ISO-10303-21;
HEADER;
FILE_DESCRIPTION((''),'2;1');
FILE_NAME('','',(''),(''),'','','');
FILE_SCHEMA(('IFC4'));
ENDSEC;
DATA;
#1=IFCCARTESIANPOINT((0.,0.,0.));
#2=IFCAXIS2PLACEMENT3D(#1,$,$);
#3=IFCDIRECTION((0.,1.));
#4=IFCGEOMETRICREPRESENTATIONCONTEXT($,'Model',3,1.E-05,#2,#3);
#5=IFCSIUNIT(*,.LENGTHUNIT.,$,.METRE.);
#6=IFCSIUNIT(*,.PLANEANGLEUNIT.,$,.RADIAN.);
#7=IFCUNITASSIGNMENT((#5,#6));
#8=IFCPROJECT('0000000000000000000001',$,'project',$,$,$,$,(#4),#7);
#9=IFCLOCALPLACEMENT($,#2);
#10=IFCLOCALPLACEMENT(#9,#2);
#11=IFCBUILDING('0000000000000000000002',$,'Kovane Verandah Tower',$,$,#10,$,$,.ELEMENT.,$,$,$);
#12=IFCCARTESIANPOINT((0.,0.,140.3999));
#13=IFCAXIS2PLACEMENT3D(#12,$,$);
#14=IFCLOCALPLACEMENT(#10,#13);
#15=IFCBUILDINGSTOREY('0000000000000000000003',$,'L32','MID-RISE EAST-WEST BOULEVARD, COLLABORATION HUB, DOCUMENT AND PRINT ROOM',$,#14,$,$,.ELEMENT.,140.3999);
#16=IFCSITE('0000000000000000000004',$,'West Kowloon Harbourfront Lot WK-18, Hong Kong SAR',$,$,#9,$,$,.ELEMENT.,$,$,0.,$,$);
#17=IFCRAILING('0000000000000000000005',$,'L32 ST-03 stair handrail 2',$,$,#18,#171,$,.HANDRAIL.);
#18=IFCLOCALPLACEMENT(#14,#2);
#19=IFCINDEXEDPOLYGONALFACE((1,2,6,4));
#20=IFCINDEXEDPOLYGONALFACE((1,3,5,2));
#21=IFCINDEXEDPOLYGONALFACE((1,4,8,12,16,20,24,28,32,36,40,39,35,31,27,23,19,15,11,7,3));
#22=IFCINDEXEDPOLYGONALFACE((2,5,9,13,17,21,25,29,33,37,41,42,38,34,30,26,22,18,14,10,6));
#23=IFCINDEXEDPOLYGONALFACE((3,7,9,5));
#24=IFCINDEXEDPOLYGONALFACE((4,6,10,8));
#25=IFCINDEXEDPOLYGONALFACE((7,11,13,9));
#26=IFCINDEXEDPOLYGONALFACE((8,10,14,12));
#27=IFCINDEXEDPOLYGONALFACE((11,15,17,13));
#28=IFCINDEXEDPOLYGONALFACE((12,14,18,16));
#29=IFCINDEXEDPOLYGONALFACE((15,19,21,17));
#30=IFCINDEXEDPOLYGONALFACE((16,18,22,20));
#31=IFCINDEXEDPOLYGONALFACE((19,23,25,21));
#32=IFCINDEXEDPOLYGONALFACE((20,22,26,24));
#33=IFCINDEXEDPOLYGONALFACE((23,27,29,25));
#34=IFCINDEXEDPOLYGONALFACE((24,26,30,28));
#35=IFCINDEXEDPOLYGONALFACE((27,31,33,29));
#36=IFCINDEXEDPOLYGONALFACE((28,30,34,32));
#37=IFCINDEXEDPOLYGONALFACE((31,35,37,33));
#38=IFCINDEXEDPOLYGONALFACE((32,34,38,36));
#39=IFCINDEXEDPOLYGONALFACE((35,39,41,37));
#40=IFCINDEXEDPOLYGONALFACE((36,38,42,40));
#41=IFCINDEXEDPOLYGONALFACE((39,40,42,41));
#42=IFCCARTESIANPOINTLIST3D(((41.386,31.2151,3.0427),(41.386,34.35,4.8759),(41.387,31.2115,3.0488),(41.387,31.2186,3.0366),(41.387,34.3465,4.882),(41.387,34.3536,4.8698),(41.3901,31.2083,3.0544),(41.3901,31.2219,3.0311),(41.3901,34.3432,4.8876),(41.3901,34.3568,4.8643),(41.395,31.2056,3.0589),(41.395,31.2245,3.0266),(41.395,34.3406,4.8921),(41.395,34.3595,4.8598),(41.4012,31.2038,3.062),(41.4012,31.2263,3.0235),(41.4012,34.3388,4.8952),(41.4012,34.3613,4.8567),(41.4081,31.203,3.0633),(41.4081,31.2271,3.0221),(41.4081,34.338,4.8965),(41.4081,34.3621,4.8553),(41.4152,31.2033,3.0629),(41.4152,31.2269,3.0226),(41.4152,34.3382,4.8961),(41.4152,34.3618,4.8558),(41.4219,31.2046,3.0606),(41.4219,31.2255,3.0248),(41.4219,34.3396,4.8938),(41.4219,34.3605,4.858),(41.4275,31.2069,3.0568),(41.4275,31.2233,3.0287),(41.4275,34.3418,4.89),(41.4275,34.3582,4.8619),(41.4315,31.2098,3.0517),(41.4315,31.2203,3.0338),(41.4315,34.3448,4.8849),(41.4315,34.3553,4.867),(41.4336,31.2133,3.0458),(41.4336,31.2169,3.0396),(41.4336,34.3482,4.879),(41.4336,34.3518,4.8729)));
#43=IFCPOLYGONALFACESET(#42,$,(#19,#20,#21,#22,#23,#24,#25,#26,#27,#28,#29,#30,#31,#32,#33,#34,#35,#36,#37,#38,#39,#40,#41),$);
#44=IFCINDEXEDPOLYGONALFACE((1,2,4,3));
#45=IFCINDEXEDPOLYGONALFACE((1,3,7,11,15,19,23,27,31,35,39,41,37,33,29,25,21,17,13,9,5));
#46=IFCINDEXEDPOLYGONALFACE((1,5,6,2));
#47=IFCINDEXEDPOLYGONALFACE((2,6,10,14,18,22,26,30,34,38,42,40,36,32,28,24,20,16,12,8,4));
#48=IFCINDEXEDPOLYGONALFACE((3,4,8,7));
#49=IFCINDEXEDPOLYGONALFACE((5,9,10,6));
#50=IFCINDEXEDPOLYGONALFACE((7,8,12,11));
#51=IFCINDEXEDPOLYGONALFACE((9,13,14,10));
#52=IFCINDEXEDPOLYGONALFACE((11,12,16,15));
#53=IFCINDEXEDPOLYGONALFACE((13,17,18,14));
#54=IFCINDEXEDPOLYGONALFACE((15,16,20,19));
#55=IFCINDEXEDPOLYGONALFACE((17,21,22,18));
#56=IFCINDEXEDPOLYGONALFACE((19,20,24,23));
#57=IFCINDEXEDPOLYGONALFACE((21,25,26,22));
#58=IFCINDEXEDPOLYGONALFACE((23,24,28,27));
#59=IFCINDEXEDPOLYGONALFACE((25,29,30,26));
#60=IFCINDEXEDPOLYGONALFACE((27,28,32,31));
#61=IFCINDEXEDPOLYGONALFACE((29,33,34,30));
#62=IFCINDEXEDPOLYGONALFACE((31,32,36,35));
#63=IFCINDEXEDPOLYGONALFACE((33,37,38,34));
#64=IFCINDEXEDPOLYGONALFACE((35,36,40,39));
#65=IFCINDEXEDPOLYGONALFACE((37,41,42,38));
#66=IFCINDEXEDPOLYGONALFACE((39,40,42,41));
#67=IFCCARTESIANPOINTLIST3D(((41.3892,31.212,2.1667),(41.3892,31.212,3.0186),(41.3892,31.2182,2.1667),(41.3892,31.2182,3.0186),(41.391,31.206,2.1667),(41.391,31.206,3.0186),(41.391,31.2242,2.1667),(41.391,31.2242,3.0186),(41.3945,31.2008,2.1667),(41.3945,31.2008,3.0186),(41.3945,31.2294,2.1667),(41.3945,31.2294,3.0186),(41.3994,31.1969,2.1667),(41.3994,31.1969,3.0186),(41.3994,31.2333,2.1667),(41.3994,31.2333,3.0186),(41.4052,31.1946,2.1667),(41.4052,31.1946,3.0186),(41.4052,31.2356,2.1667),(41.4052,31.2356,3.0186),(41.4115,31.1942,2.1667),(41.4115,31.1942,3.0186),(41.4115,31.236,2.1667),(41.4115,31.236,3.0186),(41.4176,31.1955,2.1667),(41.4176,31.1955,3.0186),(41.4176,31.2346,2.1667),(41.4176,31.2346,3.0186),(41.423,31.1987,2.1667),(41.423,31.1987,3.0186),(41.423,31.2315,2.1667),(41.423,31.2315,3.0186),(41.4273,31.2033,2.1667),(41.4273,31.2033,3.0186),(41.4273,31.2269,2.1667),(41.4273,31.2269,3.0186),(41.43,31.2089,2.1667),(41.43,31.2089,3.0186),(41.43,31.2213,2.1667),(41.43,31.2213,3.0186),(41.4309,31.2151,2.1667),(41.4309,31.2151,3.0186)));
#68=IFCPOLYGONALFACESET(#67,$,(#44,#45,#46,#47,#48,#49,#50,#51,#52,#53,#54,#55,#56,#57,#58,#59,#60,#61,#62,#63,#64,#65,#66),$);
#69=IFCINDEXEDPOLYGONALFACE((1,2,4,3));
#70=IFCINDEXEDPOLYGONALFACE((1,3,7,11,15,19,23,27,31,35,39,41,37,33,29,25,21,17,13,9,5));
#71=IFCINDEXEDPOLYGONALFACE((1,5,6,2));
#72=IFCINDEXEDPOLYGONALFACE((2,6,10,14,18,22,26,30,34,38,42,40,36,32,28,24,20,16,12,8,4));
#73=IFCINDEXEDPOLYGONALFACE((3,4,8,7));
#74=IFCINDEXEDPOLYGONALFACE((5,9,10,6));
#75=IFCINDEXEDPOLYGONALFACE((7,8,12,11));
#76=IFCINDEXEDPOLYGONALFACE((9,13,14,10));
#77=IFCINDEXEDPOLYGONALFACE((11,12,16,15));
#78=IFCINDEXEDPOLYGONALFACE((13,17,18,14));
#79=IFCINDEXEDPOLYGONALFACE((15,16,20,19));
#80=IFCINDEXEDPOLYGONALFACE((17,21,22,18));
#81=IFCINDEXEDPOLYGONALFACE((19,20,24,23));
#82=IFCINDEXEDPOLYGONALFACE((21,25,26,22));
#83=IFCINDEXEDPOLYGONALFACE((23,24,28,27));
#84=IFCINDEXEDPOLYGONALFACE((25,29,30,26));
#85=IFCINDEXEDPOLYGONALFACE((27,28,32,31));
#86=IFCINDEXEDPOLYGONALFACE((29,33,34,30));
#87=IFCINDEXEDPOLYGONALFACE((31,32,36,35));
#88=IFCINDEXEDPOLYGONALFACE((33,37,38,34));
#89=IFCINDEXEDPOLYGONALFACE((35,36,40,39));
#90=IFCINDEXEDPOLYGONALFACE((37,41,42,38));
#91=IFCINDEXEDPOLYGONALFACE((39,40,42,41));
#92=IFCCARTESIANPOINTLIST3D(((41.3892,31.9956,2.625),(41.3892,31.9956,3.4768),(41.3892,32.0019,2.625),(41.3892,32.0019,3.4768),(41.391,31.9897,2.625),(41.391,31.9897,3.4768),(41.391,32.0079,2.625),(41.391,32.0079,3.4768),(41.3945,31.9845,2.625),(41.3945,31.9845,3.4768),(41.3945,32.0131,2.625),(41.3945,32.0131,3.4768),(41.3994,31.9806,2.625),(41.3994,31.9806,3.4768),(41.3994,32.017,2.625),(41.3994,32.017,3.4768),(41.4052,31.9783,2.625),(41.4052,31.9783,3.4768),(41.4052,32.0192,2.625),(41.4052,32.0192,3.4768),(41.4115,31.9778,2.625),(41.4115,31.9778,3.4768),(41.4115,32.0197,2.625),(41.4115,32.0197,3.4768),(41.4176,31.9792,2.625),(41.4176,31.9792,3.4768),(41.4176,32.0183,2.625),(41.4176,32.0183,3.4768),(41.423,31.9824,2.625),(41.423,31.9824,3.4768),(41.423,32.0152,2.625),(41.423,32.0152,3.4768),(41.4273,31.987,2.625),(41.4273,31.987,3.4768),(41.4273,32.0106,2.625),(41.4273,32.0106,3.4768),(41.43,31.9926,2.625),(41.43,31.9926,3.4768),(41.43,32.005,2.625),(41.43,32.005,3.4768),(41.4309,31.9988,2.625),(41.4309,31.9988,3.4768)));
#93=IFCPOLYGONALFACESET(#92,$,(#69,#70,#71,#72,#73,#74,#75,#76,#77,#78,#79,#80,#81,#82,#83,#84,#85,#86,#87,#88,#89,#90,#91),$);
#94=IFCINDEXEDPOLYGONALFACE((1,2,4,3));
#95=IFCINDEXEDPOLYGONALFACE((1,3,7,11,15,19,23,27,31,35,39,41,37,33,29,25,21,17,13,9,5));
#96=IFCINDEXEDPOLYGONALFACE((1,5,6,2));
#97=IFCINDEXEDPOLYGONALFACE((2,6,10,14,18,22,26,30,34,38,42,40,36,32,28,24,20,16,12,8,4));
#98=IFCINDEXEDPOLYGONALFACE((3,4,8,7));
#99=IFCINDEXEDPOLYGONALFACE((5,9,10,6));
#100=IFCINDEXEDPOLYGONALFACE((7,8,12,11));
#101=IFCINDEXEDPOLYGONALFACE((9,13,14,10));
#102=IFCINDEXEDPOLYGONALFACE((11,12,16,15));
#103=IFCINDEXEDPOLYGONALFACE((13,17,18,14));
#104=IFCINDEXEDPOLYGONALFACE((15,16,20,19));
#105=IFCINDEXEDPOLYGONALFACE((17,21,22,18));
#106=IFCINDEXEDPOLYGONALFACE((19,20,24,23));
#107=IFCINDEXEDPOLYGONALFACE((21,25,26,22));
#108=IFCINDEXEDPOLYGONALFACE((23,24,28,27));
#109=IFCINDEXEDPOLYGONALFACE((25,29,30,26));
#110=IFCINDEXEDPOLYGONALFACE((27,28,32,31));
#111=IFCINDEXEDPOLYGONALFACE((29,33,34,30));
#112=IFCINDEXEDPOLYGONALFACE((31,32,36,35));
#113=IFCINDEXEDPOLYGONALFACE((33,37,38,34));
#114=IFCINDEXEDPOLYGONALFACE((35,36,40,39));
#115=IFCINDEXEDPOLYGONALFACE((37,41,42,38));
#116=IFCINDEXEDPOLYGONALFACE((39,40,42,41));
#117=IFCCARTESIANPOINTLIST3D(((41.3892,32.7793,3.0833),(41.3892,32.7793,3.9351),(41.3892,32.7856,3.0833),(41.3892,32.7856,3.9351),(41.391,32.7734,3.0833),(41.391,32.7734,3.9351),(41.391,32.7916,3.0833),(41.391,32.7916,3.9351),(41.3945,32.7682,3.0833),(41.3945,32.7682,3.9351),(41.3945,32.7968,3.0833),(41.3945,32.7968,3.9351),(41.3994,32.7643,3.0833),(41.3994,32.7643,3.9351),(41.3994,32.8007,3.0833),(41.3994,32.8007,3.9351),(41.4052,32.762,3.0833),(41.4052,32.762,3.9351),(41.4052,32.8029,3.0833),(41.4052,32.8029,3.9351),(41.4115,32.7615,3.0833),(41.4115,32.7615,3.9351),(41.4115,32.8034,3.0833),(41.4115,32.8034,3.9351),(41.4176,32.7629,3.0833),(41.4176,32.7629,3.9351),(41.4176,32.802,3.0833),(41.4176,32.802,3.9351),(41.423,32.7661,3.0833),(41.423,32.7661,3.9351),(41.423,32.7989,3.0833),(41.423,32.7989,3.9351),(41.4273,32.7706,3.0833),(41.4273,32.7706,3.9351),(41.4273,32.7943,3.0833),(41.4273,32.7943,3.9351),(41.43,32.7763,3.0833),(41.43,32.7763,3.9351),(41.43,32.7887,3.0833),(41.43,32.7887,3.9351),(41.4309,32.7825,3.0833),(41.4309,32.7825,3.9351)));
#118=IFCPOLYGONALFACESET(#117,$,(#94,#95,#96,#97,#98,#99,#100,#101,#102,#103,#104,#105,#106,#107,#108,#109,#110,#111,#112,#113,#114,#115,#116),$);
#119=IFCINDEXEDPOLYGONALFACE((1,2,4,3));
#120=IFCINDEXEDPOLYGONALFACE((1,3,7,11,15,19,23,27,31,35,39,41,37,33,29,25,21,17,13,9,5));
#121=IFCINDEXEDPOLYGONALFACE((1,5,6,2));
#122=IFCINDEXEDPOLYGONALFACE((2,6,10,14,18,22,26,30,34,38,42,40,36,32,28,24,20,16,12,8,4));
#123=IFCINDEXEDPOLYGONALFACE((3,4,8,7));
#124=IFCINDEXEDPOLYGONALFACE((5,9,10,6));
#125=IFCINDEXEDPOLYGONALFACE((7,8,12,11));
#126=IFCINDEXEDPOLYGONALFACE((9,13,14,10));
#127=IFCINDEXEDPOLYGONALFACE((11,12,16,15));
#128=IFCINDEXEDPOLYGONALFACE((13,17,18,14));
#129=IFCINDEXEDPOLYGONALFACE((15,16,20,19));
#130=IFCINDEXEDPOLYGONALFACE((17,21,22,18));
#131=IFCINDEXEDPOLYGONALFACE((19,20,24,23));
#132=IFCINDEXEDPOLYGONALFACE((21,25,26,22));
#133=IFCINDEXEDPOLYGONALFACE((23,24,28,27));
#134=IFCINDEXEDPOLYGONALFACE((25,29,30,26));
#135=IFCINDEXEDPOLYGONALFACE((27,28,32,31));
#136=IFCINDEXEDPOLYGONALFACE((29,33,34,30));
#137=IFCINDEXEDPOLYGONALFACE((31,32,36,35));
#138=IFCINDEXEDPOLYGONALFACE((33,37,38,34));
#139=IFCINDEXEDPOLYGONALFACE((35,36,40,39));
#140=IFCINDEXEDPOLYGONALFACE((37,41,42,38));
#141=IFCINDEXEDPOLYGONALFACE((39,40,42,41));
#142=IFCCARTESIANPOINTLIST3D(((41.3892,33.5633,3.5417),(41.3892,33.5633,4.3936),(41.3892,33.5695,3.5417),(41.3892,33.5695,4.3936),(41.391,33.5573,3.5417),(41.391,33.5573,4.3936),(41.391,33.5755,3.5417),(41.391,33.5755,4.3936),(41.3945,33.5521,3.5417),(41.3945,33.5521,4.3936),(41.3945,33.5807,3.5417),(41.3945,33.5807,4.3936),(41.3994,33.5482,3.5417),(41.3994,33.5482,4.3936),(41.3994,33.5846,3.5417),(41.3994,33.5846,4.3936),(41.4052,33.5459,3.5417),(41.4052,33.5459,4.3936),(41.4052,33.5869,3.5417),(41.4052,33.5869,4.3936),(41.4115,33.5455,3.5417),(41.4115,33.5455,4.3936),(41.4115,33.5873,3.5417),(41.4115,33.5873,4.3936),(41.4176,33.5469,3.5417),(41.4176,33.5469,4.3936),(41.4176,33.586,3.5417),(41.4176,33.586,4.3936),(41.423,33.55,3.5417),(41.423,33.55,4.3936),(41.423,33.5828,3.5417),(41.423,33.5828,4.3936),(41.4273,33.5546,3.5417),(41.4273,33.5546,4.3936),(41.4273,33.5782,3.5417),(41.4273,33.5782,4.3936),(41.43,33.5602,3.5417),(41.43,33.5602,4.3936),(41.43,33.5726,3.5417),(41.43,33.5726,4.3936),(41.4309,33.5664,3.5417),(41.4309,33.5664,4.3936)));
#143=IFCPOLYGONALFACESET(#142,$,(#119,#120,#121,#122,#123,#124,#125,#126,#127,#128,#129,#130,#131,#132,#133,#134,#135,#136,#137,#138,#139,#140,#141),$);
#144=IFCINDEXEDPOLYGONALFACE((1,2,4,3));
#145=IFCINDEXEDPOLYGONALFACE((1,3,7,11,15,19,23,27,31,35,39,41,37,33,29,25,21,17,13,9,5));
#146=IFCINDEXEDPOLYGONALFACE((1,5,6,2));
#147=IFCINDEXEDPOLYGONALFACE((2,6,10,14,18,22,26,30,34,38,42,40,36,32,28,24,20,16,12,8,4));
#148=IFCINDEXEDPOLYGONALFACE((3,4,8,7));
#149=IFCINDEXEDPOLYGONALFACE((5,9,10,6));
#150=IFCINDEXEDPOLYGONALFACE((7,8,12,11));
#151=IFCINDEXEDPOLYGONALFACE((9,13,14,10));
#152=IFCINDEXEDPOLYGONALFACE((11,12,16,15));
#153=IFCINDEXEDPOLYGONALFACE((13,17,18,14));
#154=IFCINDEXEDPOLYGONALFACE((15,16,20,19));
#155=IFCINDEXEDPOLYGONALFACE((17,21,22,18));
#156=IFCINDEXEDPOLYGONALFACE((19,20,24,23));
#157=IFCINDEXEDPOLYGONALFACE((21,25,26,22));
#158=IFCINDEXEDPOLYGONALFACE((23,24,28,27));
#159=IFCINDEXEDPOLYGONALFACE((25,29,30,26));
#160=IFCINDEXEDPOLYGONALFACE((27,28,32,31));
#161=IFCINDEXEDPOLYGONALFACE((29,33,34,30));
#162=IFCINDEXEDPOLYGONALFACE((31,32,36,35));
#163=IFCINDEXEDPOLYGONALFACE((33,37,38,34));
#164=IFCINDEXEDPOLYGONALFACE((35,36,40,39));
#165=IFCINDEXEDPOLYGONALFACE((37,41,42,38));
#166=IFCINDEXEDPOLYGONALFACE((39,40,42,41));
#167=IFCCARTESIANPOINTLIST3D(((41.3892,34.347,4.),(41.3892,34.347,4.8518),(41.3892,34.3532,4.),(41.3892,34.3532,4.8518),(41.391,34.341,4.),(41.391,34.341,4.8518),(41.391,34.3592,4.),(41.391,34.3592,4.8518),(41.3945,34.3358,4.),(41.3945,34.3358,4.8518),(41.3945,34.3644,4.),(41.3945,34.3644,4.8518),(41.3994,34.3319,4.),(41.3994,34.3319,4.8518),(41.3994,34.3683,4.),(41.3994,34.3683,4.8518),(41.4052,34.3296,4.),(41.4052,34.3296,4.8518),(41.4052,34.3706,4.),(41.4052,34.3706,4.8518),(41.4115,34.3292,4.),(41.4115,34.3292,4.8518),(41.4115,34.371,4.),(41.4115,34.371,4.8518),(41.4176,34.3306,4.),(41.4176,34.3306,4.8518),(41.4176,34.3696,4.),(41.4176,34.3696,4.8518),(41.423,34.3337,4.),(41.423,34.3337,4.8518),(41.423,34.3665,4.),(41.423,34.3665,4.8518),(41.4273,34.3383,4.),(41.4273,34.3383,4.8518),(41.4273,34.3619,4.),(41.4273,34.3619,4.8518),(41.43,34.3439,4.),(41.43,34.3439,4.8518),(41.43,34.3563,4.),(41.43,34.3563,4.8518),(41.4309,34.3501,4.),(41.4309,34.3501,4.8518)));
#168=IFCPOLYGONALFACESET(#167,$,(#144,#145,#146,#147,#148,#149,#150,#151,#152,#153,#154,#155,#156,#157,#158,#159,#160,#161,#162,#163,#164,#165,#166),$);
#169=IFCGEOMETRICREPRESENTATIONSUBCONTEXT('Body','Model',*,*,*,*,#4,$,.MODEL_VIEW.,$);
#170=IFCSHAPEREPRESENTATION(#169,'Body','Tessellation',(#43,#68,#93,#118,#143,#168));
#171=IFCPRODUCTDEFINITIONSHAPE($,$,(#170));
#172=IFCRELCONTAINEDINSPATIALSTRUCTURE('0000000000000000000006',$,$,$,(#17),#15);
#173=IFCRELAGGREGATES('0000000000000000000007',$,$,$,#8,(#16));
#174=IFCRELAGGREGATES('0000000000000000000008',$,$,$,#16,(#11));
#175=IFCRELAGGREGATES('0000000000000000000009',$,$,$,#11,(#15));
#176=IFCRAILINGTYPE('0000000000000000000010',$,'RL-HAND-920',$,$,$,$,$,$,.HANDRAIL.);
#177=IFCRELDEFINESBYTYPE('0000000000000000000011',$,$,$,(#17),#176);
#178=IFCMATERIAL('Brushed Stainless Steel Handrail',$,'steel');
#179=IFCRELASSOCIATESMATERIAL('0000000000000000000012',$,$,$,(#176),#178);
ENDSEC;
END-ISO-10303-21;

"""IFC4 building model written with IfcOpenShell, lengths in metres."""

from ifc_helpers import new_model, si_unit, direction, frame, origin, origin_2d, place, context, subcontext, project, spatial, circle, extrude, material, type_object, element, save


model = new_model("IFC4")

# Units and contexts
model_context = context("Model", 3, precision=1e-05, world=origin(), true_north=direction((0.0, 1.0)))
body_context = subcontext(model_context, "Body", "Model", "MODEL_VIEW")
ifc_project = project(units=[si_unit("LENGTHUNIT", "METRE"), si_unit("PLANEANGLEUNIT", "RADIAN")], contexts=[model_context])

# Site, building, storey
site_placement = place(None, origin())
site = spatial("IfcSite", under=ifc_project, at=site_placement, Name="West Kowloon Harbourfront Lot WK-18, Hong Kong SAR", CompositionType="ELEMENT", RefElevation=0.0)
building_placement = place(site_placement, origin())
building = spatial("IfcBuilding", under=site, at=building_placement, Name="Kovane Verandah Tower", CompositionType="ELEMENT")
storey_placement = place(building_placement, frame((0.0, 0.0, 140.3999)))
storey = spatial("IfcBuildingStorey", under=building, at=storey_placement, Name="L32", Description="MID-RISE EAST-WEST BOULEVARD, COLLABORATION HUB, DOCUMENT AND PRINT ROOM", CompositionType="ELEMENT", Elevation=140.3999)

# Railing
ifc_material_1 = material(Name="Brushed Stainless Steel Handrail", Category="steel")
railing_type_1 = type_object("IfcRailingType", Name="RL-HAND-920", PredefinedType="HANDRAIL", material=ifc_material_1)
railing_1_placement = place(storey_placement, frame((41.4099, 31.2151, 2.1667)))
element("IfcRailing", 1, at=railing_1_placement, inside=storey, type_object=railing_type_1, Name="L32 ST-03 stair handrail 2", PredefinedType="HANDRAIL", context=body_context, shape_type="SweptSolid", body=[
    extrude(circle(Radius=0.0239, at=origin_2d()), frame((0.0, 0.0, 0.876), z_axis=(0.0, 0.86324, 0.504794), x_axis=(-1.0, 0.0, 0.0)), (0.0, 0.0, 1.0), 3.6316),
    extrude(circle(Radius=0.021, at=origin_2d()), origin(), (0.0, 0.0, 1.0), 0.8518),
    extrude(circle(Radius=0.021, at=origin_2d()), frame((0.0, 0.7837, 0.4583)), (0.0, 0.0, 1.0), 0.8518),
    extrude(circle(Radius=0.021, at=origin_2d()), frame((0.0, 1.5674, 0.9165)), (0.0, 0.0, 1.0), 0.8518),
    extrude(circle(Radius=0.021, at=origin_2d()), frame((0.0, 2.3513, 1.375)), (0.0, 0.0, 1.0), 0.8518),
    extrude(circle(Radius=0.021, at=origin_2d()), frame((0.0, 3.135, 1.8333)), (0.0, 0.0, 1.0), 0.8518),
])

save(model, "model.ifc")
